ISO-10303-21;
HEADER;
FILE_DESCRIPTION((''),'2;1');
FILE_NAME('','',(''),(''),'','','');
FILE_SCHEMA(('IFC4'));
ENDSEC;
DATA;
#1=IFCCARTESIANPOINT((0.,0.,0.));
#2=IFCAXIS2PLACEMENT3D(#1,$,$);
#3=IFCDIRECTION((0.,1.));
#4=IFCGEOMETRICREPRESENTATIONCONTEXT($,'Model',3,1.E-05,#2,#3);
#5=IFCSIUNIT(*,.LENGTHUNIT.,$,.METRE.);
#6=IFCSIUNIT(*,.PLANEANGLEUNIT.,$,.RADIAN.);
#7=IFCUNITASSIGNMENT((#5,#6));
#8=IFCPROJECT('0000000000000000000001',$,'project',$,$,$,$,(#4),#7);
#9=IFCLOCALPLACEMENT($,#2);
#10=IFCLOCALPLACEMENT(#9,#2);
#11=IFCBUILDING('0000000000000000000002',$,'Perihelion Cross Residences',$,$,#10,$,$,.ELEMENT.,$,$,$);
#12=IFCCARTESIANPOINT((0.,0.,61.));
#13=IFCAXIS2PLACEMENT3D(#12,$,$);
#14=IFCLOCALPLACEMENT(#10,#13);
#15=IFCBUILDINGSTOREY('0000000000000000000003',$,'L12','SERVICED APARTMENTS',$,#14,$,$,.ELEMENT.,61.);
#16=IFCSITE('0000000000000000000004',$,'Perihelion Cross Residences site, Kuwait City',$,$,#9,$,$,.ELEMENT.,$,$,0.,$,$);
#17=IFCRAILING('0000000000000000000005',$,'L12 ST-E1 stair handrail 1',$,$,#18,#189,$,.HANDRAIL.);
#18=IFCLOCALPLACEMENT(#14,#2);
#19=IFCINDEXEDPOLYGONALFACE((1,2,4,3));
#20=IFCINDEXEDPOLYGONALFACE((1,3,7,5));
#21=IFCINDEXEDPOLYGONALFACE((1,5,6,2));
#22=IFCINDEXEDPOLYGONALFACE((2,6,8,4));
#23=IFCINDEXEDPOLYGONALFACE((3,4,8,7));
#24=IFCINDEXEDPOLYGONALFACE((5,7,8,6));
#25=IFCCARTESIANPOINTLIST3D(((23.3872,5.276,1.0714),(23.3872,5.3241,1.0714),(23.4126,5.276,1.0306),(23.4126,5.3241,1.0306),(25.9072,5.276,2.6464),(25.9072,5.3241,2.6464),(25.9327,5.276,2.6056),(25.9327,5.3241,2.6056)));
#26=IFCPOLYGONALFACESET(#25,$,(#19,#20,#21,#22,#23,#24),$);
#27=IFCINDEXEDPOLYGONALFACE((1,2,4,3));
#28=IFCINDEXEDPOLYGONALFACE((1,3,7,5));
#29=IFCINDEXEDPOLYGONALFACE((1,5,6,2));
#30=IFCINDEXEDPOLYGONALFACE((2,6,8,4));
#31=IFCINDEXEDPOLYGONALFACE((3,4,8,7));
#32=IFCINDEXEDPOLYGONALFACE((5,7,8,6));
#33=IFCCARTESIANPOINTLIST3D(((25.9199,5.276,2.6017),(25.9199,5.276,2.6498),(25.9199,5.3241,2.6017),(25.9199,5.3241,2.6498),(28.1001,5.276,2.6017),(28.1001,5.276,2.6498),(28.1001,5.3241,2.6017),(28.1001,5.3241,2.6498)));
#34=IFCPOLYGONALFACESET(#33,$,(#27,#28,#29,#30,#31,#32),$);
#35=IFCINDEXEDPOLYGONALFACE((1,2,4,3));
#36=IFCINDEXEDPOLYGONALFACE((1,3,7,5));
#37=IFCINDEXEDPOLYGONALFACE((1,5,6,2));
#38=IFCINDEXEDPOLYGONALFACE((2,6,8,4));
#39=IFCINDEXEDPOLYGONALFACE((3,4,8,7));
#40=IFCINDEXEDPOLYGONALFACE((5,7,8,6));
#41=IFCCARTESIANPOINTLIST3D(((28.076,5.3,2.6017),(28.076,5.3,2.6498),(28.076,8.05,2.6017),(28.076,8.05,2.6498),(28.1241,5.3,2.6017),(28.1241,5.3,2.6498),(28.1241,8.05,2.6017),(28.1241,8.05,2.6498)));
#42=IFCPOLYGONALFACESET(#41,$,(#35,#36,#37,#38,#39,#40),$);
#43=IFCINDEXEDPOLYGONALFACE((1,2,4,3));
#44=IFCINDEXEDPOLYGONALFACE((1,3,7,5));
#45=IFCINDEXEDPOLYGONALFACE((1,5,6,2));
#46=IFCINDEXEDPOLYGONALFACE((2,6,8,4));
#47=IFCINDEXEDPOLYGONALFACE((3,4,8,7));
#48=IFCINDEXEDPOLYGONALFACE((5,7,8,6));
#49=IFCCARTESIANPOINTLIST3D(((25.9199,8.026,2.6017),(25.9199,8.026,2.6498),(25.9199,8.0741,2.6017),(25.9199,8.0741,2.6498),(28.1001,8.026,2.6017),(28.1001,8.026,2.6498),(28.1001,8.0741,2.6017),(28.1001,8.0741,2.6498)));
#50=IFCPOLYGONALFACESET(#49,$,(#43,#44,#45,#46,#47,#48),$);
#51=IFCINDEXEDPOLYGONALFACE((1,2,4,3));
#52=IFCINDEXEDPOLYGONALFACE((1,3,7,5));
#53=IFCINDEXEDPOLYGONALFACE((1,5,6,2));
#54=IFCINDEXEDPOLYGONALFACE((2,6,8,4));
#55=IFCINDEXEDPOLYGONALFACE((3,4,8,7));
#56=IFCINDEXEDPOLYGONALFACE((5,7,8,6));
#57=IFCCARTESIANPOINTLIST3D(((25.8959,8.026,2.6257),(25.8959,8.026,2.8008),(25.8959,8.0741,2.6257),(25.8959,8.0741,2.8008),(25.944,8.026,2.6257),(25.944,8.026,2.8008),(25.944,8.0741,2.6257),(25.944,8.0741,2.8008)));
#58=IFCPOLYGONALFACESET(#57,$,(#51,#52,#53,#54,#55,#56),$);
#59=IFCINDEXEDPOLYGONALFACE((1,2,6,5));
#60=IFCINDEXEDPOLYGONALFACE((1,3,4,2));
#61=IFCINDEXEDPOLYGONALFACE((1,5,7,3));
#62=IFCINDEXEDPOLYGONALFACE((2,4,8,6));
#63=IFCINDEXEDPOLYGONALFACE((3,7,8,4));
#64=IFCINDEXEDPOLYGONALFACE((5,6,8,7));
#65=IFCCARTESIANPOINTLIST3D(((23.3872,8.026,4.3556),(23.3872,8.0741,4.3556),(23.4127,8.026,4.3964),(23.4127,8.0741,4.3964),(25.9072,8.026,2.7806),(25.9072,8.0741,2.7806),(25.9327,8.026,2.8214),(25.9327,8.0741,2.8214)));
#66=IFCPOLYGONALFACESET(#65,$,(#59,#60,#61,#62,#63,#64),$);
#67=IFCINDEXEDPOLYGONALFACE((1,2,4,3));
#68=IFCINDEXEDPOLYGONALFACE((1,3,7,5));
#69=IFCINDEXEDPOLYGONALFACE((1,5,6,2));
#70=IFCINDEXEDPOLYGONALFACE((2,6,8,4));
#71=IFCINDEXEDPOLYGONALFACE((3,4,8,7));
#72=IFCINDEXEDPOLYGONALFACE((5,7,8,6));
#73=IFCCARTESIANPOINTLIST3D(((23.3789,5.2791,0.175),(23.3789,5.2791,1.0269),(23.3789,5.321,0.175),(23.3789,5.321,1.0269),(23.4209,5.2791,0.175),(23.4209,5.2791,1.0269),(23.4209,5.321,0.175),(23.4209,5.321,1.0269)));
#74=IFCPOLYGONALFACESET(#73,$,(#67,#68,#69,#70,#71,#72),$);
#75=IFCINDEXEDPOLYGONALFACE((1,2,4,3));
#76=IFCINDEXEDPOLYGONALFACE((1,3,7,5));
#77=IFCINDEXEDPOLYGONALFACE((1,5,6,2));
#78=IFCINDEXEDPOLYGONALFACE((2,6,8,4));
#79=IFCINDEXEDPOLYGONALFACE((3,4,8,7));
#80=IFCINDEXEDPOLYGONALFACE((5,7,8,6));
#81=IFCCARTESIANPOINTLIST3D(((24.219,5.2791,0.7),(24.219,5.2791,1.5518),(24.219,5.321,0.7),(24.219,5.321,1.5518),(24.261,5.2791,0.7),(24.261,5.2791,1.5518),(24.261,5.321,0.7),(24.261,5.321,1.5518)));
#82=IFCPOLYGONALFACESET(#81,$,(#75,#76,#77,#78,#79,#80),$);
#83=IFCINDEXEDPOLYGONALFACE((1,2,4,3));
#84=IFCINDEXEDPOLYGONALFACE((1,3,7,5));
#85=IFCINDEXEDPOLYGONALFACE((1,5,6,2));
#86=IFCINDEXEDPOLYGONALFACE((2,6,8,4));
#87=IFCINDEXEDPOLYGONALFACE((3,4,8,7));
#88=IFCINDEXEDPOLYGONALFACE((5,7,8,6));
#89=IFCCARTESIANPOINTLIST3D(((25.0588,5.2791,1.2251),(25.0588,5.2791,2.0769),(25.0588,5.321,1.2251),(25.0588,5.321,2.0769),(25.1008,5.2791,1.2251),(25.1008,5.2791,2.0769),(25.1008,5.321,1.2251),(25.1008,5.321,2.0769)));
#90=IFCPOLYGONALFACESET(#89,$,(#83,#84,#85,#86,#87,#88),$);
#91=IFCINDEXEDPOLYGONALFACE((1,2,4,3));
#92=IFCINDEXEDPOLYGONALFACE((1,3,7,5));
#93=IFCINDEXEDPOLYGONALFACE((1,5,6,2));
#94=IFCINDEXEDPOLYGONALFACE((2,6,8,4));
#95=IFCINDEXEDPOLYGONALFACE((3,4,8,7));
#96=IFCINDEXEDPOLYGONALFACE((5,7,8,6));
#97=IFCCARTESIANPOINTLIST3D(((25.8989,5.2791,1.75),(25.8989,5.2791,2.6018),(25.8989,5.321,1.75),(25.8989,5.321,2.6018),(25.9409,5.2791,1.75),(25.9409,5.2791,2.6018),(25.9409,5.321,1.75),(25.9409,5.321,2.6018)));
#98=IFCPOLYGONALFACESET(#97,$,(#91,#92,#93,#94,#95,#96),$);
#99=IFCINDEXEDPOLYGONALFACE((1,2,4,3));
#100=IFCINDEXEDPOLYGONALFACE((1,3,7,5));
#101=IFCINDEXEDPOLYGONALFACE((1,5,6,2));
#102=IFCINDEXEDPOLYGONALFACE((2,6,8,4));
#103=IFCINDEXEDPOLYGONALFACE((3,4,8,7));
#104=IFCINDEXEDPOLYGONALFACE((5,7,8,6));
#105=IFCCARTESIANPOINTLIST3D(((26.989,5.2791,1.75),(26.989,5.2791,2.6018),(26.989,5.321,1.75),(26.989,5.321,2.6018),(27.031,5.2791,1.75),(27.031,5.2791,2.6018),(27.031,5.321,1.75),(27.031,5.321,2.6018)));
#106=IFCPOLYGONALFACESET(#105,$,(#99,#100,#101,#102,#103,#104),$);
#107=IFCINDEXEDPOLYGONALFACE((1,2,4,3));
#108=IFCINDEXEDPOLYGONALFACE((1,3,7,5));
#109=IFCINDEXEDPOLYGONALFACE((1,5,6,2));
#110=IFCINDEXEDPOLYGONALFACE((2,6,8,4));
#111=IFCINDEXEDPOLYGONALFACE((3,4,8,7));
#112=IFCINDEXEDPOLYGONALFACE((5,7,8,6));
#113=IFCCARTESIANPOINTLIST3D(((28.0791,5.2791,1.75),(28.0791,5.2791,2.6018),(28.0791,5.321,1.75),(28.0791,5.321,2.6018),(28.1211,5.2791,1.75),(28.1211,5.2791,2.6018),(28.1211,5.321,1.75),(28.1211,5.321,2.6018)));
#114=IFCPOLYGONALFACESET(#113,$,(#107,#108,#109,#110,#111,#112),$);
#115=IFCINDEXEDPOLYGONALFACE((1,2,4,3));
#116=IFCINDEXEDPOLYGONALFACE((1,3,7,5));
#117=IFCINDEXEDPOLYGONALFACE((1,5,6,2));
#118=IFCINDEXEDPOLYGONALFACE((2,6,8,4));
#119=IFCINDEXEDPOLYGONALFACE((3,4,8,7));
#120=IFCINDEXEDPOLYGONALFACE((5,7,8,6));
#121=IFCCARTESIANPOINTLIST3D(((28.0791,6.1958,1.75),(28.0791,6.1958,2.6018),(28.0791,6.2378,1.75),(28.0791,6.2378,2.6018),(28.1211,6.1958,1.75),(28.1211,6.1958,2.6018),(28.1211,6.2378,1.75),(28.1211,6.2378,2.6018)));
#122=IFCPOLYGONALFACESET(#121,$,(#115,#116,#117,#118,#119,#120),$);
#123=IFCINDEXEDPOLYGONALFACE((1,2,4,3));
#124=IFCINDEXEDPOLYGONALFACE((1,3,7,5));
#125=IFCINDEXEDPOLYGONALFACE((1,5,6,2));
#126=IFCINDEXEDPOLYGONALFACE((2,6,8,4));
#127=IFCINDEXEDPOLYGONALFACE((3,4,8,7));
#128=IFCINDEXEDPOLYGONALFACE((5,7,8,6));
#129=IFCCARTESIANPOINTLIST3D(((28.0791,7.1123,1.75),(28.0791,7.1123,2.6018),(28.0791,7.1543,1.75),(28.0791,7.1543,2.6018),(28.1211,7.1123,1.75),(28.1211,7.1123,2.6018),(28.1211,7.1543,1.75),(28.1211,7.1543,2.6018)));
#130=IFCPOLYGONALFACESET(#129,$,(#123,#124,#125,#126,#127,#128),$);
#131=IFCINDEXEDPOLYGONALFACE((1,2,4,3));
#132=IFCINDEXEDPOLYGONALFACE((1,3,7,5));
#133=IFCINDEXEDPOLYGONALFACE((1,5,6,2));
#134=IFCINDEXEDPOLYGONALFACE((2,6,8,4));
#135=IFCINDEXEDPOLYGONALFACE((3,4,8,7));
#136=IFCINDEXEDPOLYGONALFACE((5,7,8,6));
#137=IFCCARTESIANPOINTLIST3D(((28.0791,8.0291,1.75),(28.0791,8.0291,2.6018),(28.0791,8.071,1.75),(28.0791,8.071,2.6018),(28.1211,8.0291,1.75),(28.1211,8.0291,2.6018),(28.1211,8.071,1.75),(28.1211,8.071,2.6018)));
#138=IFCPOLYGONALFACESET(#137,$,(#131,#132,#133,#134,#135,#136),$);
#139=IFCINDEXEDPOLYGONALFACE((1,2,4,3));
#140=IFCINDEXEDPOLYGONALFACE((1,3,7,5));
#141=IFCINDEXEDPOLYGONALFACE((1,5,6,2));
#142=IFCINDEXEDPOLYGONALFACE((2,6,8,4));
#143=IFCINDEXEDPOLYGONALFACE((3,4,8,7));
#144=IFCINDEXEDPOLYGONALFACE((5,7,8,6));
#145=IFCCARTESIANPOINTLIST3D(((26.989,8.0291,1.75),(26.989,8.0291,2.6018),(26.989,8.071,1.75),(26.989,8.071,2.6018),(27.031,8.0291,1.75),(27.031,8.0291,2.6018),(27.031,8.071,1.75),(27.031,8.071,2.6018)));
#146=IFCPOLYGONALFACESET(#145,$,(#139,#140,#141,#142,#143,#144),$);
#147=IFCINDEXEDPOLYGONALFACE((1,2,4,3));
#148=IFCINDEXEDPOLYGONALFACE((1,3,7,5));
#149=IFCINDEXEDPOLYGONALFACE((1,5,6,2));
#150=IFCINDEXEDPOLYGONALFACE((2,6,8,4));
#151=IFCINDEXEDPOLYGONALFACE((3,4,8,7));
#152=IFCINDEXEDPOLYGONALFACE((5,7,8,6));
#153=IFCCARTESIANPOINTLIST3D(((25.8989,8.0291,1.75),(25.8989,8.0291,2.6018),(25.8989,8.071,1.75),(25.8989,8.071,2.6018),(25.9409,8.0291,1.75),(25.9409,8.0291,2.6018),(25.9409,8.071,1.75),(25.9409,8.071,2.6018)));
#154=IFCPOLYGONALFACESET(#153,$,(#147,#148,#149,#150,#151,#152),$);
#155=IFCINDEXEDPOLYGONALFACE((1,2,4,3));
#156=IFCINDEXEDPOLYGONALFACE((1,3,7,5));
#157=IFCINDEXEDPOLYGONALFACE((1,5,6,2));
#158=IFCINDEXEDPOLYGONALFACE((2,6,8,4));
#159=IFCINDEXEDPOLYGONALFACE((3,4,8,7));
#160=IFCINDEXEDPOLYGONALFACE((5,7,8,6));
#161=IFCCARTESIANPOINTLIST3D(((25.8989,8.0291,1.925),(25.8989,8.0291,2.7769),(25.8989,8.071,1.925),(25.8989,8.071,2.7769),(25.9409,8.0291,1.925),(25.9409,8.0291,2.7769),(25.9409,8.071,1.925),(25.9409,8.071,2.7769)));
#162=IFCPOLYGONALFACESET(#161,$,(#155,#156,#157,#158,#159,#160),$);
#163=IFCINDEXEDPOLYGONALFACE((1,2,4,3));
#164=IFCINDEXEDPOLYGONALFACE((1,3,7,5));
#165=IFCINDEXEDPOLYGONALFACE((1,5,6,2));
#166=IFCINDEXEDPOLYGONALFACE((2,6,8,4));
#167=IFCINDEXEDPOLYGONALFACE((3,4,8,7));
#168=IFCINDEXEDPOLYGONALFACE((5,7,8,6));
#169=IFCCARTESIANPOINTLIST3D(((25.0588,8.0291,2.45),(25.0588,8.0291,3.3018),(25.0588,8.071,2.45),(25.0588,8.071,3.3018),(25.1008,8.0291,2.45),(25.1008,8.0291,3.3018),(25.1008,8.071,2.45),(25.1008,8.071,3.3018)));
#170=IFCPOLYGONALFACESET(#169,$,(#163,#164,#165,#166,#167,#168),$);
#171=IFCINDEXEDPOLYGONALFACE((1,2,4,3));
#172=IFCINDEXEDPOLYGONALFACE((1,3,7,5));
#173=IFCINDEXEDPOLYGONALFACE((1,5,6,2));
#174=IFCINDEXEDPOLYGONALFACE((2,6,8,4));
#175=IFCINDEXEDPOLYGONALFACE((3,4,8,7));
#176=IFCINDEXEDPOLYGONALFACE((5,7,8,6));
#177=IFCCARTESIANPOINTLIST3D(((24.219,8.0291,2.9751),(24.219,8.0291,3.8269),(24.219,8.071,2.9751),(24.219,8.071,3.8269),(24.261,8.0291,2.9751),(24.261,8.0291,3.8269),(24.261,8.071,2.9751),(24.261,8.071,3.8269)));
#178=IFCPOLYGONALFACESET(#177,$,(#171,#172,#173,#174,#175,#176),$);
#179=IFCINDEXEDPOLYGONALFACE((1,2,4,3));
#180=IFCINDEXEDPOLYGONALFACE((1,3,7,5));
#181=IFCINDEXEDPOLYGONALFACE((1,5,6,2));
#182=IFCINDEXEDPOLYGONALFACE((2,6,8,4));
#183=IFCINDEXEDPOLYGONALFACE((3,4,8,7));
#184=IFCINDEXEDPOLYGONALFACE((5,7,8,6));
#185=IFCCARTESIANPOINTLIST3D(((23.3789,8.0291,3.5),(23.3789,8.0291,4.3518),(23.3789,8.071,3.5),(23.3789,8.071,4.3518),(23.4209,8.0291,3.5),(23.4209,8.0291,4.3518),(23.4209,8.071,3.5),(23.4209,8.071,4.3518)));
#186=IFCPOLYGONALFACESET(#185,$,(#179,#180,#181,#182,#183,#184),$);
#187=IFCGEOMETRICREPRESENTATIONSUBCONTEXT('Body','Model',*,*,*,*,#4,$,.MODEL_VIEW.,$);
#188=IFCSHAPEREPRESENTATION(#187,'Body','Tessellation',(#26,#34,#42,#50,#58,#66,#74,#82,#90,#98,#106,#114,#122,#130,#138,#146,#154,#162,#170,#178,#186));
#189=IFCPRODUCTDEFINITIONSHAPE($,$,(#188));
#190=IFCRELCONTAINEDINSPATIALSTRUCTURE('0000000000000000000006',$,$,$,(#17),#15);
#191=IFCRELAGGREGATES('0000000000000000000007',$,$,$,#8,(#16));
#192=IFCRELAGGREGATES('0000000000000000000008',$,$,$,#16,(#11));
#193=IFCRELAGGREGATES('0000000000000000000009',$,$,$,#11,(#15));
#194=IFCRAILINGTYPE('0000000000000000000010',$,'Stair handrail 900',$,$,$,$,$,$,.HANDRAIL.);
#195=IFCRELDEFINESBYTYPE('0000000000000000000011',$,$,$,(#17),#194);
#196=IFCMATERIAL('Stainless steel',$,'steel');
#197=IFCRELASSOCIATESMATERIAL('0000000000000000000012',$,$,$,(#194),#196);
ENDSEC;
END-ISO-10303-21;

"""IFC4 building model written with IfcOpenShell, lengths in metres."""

from ifc_helpers import new_model, si_unit, direction, frame, origin, origin_2d, place, context, subcontext, project, spatial, rectangle, extrude, material, type_object, element, save


model = new_model("IFC4")

# Units and contexts
model_context = context("Model", 3, precision=1e-05, world=origin(), true_north=direction((0.0, 1.0)))
body_context = subcontext(model_context, "Body", "Model", "MODEL_VIEW")
ifc_project = project(units=[si_unit("LENGTHUNIT", "METRE"), si_unit("PLANEANGLEUNIT", "RADIAN")], contexts=[model_context])

# Site, building, storey
site_placement = place(None, origin())
site = spatial("IfcSite", under=ifc_project, at=site_placement, Name="Perihelion Cross Residences site, Kuwait City", CompositionType="ELEMENT", RefElevation=0.0)
building_placement = place(site_placement, origin())
building = spatial("IfcBuilding", under=site, at=building_placement, Name="Perihelion Cross Residences", CompositionType="ELEMENT")
storey_placement = place(building_placement, frame((0.0, 0.0, 61.0)))
storey = spatial("IfcBuildingStorey", under=building, at=storey_placement, Name="L12", Description="SERVICED APARTMENTS", CompositionType="ELEMENT", Elevation=61.0)

# Railing
ifc_material_1 = material(Name="Stainless steel", Category="steel")
railing_type_1 = type_object("IfcRailingType", Name="Stair handrail 900", PredefinedType="HANDRAIL", material=ifc_material_1)
railing_1_placement = place(storey_placement, frame((23.3999, 5.3, 0.175)))
element("IfcRailing", 1, at=railing_1_placement, inside=storey, type_object=railing_type_1, Name="L12 ST-E1 stair handrail 1", PredefinedType="HANDRAIL", context=body_context, shape_type="SweptSolid", body=[
    extrude(rectangle(XDim=0.0481, YDim=0.0481, at=origin_2d()), frame((0.0, 0.0, 0.876), z_axis=(0.848008, 0.0, 0.529984), x_axis=(0.0, 1.0, 0.0)), (0.0, 0.0, 1.0), 2.9717),
    extrude(rectangle(XDim=0.0481, YDim=0.0481, at=origin_2d()), frame((2.52, 0.0, 2.4507), z_axis=(1.0, 0.0, 0.0), x_axis=(0.0, 1.0, 0.0)), (0.0, 0.0, 1.0), 2.1802),
    extrude(rectangle(XDim=0.0481, YDim=0.0481, at=origin_2d()), frame((4.7002, 0.0, 2.4507), z_axis=(0.0, 1.0, 0.0), x_axis=(-1.0, 0.0, 0.0)), (0.0, 0.0, 1.0), 2.75),
    extrude(rectangle(XDim=0.0481, YDim=0.0481, at=origin_2d()), frame((4.7002, 2.75, 2.4507), z_axis=(-1.0, 0.0, 0.0), x_axis=(0.0, -1.0, 0.0)), (0.0, 0.0, 1.0), 2.1802),
    extrude(rectangle(XDim=0.0481, YDim=0.0481, at=origin_2d()), frame((2.52, 2.75, 2.4507), z_axis=(0.0, 0.0, 1.0), x_axis=(1.0, 0.0, 0.0)), (0.0, 0.0, 1.0), 0.175),
    extrude(rectangle(XDim=0.0481, YDim=0.0481, at=origin_2d()), frame((2.52, 2.75, 2.626), z_axis=(-0.848008, 0.0, 0.529984), x_axis=(0.0, -1.0, 0.0)), (0.0, 0.0, 1.0), 2.9717),
    extrude(rectangle(XDim=0.042, YDim=0.042, at=origin_2d()), origin(), (0.0, 0.0, 1.0), 0.8518),
    extrude(rectangle(XDim=0.042, YDim=0.042, at=origin_2d()), frame((0.8401, 0.0, 0.5249)), (0.0, 0.0, 1.0), 0.8518),
    extrude(rectangle(XDim=0.042, YDim=0.042, at=origin_2d()), frame((1.6799, 0.0, 1.05)), (0.0, 0.0, 1.0), 0.8518),
    extrude(rectangle(XDim=0.042, YDim=0.042, at=origin_2d()), frame((2.52, 0.0, 1.575)), (0.0, 0.0, 1.0), 0.8518),
    extrude(rectangle(XDim=0.042, YDim=0.042, at=origin_2d()), frame((3.6101, 0.0, 1.575)), (0.0, 0.0, 1.0), 0.8518),
    extrude(rectangle(XDim=0.042, YDim=0.042, at=origin_2d()), frame((4.7002, 0.0, 1.575)), (0.0, 0.0, 1.0), 0.8518),
    extrude(rectangle(XDim=0.042, YDim=0.042, at=origin_2d()), frame((4.7002, 0.9167, 1.575)), (0.0, 0.0, 1.0), 0.8518),
    extrude(rectangle(XDim=0.042, YDim=0.042, at=origin_2d()), frame((4.7002, 1.8333, 1.575)), (0.0, 0.0, 1.0), 0.8518),
    extrude(rectangle(XDim=0.042, YDim=0.042, at=origin_2d()), frame((4.7002, 2.75, 1.575)), (0.0, 0.0, 1.0), 0.8518),
    extrude(rectangle(XDim=0.042, YDim=0.042, at=origin_2d()), frame((3.6101, 2.75, 1.575)), (0.0, 0.0, 1.0), 0.8518),
    extrude(rectangle(XDim=0.042, YDim=0.042, at=origin_2d()), frame((2.52, 2.75, 1.575)), (0.0, 0.0, 1.0), 0.8518),
    extrude(rectangle(XDim=0.042, YDim=0.042, at=origin_2d()), frame((2.52, 2.75, 1.75)), (0.0, 0.0, 1.0), 0.8518),
    extrude(rectangle(XDim=0.042, YDim=0.042, at=origin_2d()), frame((1.6799, 2.75, 2.2749)), (0.0, 0.0, 1.0), 0.8518),
    extrude(rectangle(XDim=0.042, YDim=0.042, at=origin_2d()), frame((0.8401, 2.75, 2.8)), (0.0, 0.0, 1.0), 0.8518),
    extrude(rectangle(XDim=0.042, YDim=0.042, at=origin_2d()), frame((0.0, 2.75, 3.325)), (0.0, 0.0, 1.0), 0.8518),
])

save(model, "model.ifc")
